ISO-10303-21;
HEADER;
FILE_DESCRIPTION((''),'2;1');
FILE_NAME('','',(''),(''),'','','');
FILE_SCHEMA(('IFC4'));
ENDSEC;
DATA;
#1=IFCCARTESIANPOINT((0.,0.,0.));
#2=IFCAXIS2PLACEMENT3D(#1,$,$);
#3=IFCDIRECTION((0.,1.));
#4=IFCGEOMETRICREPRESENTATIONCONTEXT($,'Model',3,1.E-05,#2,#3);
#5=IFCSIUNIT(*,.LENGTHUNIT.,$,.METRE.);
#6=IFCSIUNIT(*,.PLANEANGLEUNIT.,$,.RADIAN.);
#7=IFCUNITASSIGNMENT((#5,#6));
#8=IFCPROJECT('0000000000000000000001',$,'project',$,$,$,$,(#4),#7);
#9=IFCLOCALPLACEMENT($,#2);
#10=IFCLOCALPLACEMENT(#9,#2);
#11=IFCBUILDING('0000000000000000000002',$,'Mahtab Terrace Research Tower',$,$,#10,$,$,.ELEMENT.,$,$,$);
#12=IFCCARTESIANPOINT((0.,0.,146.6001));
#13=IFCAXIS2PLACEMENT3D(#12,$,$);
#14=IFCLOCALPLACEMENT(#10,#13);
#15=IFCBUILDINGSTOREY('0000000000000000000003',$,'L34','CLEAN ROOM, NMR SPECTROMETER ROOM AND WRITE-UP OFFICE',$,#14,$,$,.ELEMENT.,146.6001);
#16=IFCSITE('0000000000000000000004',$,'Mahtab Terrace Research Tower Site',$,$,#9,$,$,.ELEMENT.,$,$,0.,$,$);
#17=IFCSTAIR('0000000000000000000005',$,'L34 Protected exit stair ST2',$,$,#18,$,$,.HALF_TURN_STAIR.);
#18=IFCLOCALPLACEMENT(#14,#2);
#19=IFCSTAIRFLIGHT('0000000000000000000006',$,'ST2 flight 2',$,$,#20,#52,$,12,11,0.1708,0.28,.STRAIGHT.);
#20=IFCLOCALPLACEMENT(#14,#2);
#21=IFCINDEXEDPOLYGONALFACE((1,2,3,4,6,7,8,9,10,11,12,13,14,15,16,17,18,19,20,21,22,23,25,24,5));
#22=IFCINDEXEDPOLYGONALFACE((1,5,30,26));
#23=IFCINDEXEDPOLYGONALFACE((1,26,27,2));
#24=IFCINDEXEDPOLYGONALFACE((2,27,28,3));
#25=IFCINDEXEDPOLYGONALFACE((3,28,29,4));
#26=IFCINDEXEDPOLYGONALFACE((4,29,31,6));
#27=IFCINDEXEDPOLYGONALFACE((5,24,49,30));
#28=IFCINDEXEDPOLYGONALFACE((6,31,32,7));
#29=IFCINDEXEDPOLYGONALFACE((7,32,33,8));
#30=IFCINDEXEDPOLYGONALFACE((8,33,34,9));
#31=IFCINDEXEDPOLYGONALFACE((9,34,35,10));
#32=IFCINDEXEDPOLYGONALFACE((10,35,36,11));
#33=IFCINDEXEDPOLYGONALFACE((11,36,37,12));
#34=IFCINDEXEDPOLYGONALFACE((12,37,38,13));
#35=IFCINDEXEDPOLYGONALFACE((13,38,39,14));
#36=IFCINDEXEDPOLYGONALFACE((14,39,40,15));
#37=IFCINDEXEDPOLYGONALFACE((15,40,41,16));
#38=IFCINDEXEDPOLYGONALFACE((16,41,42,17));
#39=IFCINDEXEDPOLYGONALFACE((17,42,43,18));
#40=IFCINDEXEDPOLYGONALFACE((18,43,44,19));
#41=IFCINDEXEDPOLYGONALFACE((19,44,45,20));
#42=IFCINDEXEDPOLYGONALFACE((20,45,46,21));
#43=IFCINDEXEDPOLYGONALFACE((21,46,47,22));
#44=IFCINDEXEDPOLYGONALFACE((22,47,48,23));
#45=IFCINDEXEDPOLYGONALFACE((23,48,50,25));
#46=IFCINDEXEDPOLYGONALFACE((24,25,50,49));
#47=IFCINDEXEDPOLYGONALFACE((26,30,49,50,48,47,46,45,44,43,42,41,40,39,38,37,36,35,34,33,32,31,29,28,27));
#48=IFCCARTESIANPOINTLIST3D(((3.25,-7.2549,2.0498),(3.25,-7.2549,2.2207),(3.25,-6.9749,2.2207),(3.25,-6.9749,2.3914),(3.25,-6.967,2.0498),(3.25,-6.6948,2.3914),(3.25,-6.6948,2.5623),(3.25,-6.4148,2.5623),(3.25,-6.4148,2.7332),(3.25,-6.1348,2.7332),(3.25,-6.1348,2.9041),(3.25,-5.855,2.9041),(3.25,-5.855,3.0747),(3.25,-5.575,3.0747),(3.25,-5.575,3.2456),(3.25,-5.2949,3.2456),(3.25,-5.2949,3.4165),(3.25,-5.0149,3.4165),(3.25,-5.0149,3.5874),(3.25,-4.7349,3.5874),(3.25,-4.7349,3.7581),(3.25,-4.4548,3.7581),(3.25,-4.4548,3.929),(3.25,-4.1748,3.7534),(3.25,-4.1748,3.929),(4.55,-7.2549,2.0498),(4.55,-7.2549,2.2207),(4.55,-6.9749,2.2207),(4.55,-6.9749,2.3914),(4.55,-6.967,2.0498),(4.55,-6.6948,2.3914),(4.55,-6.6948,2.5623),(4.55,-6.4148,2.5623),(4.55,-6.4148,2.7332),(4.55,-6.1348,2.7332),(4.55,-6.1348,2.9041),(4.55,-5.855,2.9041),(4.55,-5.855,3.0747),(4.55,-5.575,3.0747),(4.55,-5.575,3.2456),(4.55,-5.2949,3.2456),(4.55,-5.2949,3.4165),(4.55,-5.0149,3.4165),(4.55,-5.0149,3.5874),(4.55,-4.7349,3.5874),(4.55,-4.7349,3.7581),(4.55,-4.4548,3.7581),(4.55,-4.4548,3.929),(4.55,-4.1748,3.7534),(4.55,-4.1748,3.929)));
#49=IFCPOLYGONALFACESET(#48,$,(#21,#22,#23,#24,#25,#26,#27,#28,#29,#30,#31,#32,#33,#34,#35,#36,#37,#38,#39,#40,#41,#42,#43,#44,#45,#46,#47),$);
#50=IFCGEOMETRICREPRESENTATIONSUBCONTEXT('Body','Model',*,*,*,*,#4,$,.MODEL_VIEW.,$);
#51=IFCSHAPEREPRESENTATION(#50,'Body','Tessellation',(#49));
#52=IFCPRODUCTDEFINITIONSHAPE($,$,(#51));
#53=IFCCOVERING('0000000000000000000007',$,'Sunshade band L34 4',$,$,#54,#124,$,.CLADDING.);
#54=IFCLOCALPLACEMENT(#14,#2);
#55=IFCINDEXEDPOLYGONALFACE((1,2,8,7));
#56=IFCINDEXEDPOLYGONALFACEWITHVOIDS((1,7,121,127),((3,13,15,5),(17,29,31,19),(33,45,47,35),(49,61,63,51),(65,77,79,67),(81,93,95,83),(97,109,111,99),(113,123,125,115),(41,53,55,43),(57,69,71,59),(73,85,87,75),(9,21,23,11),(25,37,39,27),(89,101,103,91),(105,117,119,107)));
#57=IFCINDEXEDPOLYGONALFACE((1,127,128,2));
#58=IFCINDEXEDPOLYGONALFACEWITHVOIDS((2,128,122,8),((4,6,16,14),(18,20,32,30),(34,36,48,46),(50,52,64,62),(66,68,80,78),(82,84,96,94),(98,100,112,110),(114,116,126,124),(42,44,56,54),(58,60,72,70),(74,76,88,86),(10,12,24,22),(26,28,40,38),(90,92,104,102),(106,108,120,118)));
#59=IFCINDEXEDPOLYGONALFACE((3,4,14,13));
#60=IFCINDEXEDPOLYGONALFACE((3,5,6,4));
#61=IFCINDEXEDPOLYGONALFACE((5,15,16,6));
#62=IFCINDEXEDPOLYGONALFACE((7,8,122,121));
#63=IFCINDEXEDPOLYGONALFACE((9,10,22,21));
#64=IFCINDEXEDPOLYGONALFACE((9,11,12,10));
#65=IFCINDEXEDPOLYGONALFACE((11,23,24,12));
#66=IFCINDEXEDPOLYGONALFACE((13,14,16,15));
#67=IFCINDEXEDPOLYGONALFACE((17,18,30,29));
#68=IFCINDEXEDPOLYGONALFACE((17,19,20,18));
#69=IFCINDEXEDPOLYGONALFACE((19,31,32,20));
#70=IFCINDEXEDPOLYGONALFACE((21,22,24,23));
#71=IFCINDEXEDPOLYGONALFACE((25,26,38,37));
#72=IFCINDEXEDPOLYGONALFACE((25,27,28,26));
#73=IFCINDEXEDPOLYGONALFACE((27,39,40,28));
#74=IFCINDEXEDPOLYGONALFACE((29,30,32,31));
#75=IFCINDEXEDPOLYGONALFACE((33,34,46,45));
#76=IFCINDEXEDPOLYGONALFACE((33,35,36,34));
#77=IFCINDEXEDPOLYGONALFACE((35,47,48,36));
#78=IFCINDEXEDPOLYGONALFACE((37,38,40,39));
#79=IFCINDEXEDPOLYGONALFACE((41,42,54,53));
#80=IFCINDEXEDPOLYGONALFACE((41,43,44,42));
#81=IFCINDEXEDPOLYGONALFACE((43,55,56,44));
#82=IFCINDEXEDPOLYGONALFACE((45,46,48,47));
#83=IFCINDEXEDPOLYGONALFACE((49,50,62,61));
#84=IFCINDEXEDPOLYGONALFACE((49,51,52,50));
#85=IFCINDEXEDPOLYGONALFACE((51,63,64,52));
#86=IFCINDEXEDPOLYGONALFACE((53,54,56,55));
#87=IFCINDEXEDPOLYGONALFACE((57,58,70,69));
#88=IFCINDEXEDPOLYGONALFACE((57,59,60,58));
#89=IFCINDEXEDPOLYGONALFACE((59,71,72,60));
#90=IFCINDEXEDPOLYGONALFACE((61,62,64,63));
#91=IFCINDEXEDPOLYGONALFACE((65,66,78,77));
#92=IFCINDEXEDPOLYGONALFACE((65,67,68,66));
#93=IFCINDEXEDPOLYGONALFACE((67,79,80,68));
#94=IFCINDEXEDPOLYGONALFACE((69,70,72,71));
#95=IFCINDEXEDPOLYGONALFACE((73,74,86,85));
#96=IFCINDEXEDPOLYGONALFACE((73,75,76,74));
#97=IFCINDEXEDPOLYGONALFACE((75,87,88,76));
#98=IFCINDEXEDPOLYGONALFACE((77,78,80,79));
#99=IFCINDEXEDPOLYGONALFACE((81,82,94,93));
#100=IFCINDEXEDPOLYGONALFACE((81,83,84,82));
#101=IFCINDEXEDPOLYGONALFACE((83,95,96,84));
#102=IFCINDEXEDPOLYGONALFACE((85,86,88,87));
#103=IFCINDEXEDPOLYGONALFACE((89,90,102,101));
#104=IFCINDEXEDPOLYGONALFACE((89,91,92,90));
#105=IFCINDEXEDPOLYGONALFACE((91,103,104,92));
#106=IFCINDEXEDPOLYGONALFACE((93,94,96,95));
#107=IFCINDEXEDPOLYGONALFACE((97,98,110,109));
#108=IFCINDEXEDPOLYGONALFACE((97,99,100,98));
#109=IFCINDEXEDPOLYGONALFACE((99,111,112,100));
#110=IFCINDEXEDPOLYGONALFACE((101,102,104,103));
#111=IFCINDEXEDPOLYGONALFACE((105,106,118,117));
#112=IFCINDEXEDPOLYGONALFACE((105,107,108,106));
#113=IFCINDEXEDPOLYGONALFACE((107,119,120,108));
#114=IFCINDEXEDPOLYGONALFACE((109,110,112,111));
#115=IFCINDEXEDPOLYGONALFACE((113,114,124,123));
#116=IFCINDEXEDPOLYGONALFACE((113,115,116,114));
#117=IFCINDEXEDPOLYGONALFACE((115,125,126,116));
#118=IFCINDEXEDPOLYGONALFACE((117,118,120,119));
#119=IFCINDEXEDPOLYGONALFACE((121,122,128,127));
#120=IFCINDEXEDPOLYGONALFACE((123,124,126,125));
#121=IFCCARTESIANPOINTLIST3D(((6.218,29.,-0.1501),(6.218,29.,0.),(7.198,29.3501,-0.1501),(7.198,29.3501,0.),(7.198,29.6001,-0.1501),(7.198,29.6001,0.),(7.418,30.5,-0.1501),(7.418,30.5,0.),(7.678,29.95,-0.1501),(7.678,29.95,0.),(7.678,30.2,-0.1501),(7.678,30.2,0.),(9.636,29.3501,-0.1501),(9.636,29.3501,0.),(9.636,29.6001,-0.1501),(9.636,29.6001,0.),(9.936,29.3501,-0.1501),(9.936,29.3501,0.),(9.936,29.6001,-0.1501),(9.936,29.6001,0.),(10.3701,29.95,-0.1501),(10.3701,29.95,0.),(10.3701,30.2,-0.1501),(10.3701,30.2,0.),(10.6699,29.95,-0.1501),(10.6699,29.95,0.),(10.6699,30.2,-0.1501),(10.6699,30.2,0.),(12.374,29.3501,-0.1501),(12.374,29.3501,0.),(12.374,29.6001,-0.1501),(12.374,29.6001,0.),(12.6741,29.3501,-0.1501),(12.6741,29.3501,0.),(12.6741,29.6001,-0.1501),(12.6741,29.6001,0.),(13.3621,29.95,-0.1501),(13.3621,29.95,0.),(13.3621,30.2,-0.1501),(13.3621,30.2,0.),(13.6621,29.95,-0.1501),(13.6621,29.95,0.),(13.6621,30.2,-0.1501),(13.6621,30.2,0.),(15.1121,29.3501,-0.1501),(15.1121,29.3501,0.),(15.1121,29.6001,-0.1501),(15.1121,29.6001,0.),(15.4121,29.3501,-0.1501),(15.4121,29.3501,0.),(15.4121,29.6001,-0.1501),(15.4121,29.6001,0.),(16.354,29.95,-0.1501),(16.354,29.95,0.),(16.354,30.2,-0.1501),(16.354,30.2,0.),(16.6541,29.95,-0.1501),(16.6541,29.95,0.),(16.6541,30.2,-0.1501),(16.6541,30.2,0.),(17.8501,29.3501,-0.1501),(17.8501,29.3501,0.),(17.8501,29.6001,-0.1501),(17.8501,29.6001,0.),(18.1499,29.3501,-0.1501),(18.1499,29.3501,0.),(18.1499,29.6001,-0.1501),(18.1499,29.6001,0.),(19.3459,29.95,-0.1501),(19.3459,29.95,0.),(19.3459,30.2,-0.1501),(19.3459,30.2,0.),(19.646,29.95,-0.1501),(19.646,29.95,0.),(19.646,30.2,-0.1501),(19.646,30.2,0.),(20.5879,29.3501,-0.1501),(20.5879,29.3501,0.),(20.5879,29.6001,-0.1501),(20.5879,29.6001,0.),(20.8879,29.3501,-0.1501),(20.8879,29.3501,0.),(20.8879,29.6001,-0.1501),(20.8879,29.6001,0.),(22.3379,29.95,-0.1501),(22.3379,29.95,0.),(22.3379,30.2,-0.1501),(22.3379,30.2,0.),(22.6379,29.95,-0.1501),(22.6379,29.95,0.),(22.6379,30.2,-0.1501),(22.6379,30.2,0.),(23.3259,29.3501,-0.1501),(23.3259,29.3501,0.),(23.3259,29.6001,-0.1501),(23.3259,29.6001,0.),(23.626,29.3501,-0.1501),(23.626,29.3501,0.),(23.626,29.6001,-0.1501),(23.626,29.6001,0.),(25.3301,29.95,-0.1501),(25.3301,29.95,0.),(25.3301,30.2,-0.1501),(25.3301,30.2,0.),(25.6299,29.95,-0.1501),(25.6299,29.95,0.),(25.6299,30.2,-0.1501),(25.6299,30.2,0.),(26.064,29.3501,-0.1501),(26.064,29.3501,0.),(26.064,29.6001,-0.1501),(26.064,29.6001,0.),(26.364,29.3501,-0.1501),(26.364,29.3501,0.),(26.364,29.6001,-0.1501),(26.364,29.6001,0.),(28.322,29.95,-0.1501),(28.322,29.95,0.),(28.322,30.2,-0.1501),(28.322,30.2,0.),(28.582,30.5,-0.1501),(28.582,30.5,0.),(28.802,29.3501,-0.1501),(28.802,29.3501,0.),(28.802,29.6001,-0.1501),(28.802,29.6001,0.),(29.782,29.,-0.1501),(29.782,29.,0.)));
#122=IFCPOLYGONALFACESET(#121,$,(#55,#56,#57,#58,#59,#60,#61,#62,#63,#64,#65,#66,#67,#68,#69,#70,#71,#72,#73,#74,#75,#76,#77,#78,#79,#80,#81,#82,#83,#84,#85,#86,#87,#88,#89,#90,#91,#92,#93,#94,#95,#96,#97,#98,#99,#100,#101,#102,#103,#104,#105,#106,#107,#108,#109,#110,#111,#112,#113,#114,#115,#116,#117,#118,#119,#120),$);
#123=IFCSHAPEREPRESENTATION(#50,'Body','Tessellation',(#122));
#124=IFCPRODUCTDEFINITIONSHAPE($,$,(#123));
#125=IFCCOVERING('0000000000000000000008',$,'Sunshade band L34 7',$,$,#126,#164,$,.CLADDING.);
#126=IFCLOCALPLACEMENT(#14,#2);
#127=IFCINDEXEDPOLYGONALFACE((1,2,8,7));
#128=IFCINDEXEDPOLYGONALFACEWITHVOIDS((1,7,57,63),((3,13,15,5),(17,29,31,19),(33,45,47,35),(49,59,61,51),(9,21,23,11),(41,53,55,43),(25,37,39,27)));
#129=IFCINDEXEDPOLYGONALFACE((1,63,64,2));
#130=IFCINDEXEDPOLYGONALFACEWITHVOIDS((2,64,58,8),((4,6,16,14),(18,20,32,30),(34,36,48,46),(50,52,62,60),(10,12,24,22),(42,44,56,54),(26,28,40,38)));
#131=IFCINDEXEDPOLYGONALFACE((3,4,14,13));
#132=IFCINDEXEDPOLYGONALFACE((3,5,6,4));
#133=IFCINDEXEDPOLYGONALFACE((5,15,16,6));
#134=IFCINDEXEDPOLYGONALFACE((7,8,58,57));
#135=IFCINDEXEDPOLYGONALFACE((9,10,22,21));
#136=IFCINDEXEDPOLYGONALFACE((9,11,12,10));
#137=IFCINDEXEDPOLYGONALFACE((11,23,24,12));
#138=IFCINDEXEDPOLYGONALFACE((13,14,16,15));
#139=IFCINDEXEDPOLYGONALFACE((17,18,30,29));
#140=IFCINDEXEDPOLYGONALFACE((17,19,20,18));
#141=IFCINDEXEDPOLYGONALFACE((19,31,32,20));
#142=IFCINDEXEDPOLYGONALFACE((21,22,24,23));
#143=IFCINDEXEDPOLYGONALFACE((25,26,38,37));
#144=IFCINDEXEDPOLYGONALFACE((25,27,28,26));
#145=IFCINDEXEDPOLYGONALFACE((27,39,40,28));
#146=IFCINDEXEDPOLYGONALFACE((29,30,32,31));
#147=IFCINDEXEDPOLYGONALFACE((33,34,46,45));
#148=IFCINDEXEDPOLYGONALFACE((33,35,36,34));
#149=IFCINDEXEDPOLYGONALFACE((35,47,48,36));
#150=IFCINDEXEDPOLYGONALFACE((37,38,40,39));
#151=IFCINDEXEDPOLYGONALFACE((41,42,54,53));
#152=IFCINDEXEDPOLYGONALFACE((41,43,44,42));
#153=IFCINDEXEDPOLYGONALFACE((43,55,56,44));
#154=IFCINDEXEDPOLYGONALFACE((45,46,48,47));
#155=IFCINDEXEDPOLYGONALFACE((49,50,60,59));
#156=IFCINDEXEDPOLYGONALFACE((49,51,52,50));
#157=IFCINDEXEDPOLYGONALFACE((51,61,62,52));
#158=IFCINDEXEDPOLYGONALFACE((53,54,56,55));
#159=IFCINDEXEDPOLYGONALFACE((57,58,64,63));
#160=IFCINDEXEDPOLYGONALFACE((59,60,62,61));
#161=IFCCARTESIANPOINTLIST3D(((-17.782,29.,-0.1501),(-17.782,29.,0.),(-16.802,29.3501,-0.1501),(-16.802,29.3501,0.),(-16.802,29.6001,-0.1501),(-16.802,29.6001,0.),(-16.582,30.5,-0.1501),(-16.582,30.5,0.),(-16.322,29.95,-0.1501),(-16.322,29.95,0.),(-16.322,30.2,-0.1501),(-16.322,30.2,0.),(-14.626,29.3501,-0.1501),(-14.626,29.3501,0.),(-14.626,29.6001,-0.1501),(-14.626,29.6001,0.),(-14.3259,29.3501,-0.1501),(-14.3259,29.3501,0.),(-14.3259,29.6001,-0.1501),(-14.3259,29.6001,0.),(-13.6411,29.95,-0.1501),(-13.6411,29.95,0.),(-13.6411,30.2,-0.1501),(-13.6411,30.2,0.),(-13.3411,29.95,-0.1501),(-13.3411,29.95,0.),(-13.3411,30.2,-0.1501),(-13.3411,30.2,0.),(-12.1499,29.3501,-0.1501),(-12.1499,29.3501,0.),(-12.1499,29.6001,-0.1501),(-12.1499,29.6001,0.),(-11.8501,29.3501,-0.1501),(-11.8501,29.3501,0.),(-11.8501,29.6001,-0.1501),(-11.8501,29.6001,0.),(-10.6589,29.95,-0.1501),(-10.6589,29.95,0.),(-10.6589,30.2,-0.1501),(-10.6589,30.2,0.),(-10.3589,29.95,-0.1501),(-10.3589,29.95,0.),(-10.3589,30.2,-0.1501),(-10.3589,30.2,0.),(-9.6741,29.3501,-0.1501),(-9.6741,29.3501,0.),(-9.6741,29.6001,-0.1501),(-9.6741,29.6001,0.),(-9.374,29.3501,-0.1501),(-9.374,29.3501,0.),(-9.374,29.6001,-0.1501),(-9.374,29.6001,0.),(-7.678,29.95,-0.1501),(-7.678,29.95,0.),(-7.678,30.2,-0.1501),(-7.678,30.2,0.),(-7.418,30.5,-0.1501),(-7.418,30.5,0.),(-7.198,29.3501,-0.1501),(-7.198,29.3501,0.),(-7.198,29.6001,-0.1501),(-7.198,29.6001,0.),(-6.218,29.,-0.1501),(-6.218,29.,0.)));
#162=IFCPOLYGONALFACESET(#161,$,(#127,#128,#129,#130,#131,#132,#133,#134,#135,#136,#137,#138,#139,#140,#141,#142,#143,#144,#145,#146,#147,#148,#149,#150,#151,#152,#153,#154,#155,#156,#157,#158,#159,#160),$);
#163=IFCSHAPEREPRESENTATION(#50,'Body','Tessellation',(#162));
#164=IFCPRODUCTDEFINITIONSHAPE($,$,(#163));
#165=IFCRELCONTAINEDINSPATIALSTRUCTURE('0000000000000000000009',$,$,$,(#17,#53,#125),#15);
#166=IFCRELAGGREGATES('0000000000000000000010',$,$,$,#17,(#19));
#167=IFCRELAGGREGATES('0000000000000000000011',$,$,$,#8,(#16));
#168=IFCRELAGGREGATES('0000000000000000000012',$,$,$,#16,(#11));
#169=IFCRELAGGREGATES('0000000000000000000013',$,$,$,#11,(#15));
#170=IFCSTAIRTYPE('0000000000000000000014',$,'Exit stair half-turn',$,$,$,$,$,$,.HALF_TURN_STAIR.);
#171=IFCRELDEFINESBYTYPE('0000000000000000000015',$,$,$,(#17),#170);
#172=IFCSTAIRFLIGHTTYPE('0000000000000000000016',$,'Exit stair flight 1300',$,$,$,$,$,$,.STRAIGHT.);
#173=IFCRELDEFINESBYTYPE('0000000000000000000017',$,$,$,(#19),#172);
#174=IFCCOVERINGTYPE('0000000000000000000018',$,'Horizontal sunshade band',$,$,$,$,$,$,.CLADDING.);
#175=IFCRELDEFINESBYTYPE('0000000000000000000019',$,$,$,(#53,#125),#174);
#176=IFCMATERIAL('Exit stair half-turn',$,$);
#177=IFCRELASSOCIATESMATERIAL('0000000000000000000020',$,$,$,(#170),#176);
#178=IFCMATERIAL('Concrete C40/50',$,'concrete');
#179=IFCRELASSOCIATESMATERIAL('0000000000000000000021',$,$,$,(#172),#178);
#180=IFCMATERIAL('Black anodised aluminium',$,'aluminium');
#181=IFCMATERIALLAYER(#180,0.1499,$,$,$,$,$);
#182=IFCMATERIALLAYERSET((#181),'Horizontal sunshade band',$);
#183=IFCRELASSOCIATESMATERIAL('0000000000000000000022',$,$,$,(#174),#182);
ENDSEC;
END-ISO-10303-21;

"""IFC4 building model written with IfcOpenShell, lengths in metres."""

from ifc_helpers import new_model, si_unit, direction, frame, origin, place, context, subcontext, project, spatial, polyline, outline, extrude, material, layer, layer_set, type_object, element, aggregate, save


model = new_model("IFC4")

# Units and contexts
model_context = context("Model", 3, precision=1e-05, world=origin(), true_north=direction((0.0, 1.0)))
body_context = subcontext(model_context, "Body", "Model", "MODEL_VIEW")
ifc_project = project(units=[si_unit("LENGTHUNIT", "METRE"), si_unit("PLANEANGLEUNIT", "RADIAN")], contexts=[model_context])

# Site, building, storey
site_placement = place(None, origin())
site = spatial("IfcSite", under=ifc_project, at=site_placement, Name="Mahtab Terrace Research Tower Site", CompositionType="ELEMENT", RefElevation=0.0)
building_placement = place(site_placement, origin())
building = spatial("IfcBuilding", under=site, at=building_placement, Name="Mahtab Terrace Research Tower", CompositionType="ELEMENT")
storey_placement = place(building_placement, frame((0.0, 0.0, 146.6001)))
storey = spatial("IfcBuildingStorey", under=building, at=storey_placement, Name="L34", Description="CLEAN ROOM, NMR SPECTROMETER ROOM AND WRITE-UP OFFICE", CompositionType="ELEMENT", Elevation=146.6001)

# Shared definitions
ifc_material_1 = material(Name="Concrete C40/50", Category="concrete")

# Stair, stair flight
ifc_material_2 = material(Name="Exit stair half-turn")
stair_type = type_object("IfcStairType", Name="Exit stair half-turn", PredefinedType="HALF_TURN_STAIR", material=ifc_material_2)
stair_placement = place(storey_placement, origin())
stair = element("IfcStair", 1, at=stair_placement, inside=storey, type_object=stair_type, Name="L34 Protected exit stair ST2", PredefinedType="HALF_TURN_STAIR")
stair_flight_type = type_object("IfcStairFlightType", Name="Exit stair flight 1300", PredefinedType="STRAIGHT", material=ifc_material_1)
stair_flight_1_placement = place(storey_placement, frame((3.8999, -7.2549, 2.0498), z_axis=(0.0, 0.0, 1.0), x_axis=(0.0, 1.0, 0.0)))
stair_flight_1 = element("IfcStairFlight", 2, at=stair_flight_1_placement, type_object=stair_flight_type, Name="ST2 flight 2", NumberOfRisers=12, NumberOfTreads=11, PredefinedType="STRAIGHT", RiserHeight=0.1708, TreadLength=0.28, context=body_context, shape_type="SweptSolid", body=[
    extrude(outline(polyline([(0.0, 0.0), (0.0, 0.1709), (0.28, 0.1709), (0.28, 0.3416), (0.5601, 0.3416), (0.5601, 0.5125), (0.8401, 0.5125), (0.8401, 0.6833), (1.1201, 0.6833), (1.1201, 0.8542), (1.3999, 0.8542), (1.3999, 1.0249), (1.6799, 1.0249), (1.6799, 1.1958), (1.96, 1.1958), (1.96, 1.3667), (2.24, 1.3667), (2.24, 1.5376), (2.52, 1.5376), (2.52, 1.7083), (2.8, 1.7083), (2.8, 1.8792), (3.0801, 1.8792), (3.0801, 2.05), (3.0801, 1.7036), (0.2878, 0.0), (0.0, 0.0)])), frame((0.0, 0.6499, 0.0), z_axis=(0.0, -1.0, 0.0), x_axis=(1.0, 0.0, 0.0)), (0.0, 0.0, 1.0), 1.3),
])
aggregate(stair, [stair_flight_1])

# Coverings
ifc_material_3 = material(Name="Black anodised aluminium", Category="aluminium")
ifc_layer_1 = layer(ifc_material_3, 0.1499)
ifc_layer_set_1 = layer_set([ifc_layer_1], Name="Horizontal sunshade band")
covering_type = type_object("IfcCoveringType", Name="Horizontal sunshade band", PredefinedType="CLADDING", material=ifc_layer_set_1)
covering_1_placement = place(storey_placement, frame((0.0, 0.0, -0.1501)))
element("IfcCovering", 3, at=covering_1_placement, inside=storey, type_object=covering_type, Name="Sunshade band L34 4", PredefinedType="CLADDING", context=body_context, shape_type="SweptSolid", body=[
    extrude(outline(polyline([(29.782, 29.0), (6.218, 29.0), (7.418, 30.5), (28.582, 30.5), (29.782, 29.0)]), holes=[polyline([(28.802, 29.3501), (26.364, 29.3501), (26.364, 29.6001), (28.802, 29.6001), (28.802, 29.3501)]), polyline([(26.064, 29.3501), (23.626, 29.3501), (23.626, 29.6001), (26.064, 29.6001), (26.064, 29.3501)]), polyline([(23.3259, 29.3501), (20.8879, 29.3501), (20.8879, 29.6001), (23.3259, 29.6001), (23.3259, 29.3501)]), polyline([(20.5879, 29.3501), (18.1499, 29.3501), (18.1499, 29.6001), (20.5879, 29.6001), (20.5879, 29.3501)]), polyline([(17.8501, 29.3501), (15.4121, 29.3501), (15.4121, 29.6001), (17.8501, 29.6001), (17.8501, 29.3501)]), polyline([(15.1121, 29.3501), (12.6741, 29.3501), (12.6741, 29.6001), (15.1121, 29.6001), (15.1121, 29.3501)]), polyline([(12.374, 29.3501), (9.936, 29.3501), (9.936, 29.6001), (12.374, 29.6001), (12.374, 29.3501)]), polyline([(9.636, 29.3501), (7.198, 29.3501), (7.198, 29.6001), (9.636, 29.6001), (9.636, 29.3501)]), polyline([(28.322, 29.95), (25.6299, 29.95), (25.6299, 30.2), (28.322, 30.2), (28.322, 29.95)]), polyline([(25.3301, 29.95), (22.6379, 29.95), (22.6379, 30.2), (25.3301, 30.2), (25.3301, 29.95)]), polyline([(22.3379, 29.95), (19.646, 29.95), (19.646, 30.2), (22.3379, 30.2), (22.3379, 29.95)]), polyline([(19.3459, 29.95), (16.6541, 29.95), (16.6541, 30.2), (19.3459, 30.2), (19.3459, 29.95)]), polyline([(16.354, 29.95), (13.6621, 29.95), (13.6621, 30.2), (16.354, 30.2), (16.354, 29.95)]), polyline([(13.3621, 29.95), (10.6699, 29.95), (10.6699, 30.2), (13.3621, 30.2), (13.3621, 29.95)]), polyline([(10.3701, 29.95), (7.678, 29.95), (7.678, 30.2), (10.3701, 30.2), (10.3701, 29.95)])]), origin(), (0.0, 0.0, 1.0), 0.1501),
])
covering_2_placement = place(storey_placement, frame((0.0, 0.0, -0.1501)))
element("IfcCovering", 4, at=covering_2_placement, inside=storey, type_object=covering_type, Name="Sunshade band L34 7", PredefinedType="CLADDING", context=body_context, shape_type="SweptSolid", body=[
    extrude(outline(polyline([(-6.218, 29.0), (-17.782, 29.0), (-16.582, 30.5), (-7.418, 30.5), (-6.218, 29.0)]), holes=[polyline([(-7.198, 29.3501), (-9.374, 29.3501), (-9.374, 29.6001), (-7.198, 29.6001), (-7.198, 29.3501)]), polyline([(-9.6741, 29.3501), (-11.8501, 29.3501), (-11.8501, 29.6001), (-9.6741, 29.6001), (-9.6741, 29.3501)]), polyline([(-12.1499, 29.3501), (-14.3259, 29.3501), (-14.3259, 29.6001), (-12.1499, 29.6001), (-12.1499, 29.3501)]), polyline([(-14.626, 29.3501), (-16.802, 29.3501), (-16.802, 29.6001), (-14.626, 29.6001), (-14.626, 29.3501)]), polyline([(-7.678, 29.95), (-10.3589, 29.95), (-10.3589, 30.2), (-7.678, 30.2), (-7.678, 29.95)]), polyline([(-10.6589, 29.95), (-13.3411, 29.95), (-13.3411, 30.2), (-10.6589, 30.2), (-10.6589, 29.95)]), polyline([(-13.6411, 29.95), (-16.322, 29.95), (-16.322, 30.2), (-13.6411, 30.2), (-13.6411, 29.95)])]), origin(), (0.0, 0.0, 1.0), 0.1501),
])

save(model, "model.ifc")
